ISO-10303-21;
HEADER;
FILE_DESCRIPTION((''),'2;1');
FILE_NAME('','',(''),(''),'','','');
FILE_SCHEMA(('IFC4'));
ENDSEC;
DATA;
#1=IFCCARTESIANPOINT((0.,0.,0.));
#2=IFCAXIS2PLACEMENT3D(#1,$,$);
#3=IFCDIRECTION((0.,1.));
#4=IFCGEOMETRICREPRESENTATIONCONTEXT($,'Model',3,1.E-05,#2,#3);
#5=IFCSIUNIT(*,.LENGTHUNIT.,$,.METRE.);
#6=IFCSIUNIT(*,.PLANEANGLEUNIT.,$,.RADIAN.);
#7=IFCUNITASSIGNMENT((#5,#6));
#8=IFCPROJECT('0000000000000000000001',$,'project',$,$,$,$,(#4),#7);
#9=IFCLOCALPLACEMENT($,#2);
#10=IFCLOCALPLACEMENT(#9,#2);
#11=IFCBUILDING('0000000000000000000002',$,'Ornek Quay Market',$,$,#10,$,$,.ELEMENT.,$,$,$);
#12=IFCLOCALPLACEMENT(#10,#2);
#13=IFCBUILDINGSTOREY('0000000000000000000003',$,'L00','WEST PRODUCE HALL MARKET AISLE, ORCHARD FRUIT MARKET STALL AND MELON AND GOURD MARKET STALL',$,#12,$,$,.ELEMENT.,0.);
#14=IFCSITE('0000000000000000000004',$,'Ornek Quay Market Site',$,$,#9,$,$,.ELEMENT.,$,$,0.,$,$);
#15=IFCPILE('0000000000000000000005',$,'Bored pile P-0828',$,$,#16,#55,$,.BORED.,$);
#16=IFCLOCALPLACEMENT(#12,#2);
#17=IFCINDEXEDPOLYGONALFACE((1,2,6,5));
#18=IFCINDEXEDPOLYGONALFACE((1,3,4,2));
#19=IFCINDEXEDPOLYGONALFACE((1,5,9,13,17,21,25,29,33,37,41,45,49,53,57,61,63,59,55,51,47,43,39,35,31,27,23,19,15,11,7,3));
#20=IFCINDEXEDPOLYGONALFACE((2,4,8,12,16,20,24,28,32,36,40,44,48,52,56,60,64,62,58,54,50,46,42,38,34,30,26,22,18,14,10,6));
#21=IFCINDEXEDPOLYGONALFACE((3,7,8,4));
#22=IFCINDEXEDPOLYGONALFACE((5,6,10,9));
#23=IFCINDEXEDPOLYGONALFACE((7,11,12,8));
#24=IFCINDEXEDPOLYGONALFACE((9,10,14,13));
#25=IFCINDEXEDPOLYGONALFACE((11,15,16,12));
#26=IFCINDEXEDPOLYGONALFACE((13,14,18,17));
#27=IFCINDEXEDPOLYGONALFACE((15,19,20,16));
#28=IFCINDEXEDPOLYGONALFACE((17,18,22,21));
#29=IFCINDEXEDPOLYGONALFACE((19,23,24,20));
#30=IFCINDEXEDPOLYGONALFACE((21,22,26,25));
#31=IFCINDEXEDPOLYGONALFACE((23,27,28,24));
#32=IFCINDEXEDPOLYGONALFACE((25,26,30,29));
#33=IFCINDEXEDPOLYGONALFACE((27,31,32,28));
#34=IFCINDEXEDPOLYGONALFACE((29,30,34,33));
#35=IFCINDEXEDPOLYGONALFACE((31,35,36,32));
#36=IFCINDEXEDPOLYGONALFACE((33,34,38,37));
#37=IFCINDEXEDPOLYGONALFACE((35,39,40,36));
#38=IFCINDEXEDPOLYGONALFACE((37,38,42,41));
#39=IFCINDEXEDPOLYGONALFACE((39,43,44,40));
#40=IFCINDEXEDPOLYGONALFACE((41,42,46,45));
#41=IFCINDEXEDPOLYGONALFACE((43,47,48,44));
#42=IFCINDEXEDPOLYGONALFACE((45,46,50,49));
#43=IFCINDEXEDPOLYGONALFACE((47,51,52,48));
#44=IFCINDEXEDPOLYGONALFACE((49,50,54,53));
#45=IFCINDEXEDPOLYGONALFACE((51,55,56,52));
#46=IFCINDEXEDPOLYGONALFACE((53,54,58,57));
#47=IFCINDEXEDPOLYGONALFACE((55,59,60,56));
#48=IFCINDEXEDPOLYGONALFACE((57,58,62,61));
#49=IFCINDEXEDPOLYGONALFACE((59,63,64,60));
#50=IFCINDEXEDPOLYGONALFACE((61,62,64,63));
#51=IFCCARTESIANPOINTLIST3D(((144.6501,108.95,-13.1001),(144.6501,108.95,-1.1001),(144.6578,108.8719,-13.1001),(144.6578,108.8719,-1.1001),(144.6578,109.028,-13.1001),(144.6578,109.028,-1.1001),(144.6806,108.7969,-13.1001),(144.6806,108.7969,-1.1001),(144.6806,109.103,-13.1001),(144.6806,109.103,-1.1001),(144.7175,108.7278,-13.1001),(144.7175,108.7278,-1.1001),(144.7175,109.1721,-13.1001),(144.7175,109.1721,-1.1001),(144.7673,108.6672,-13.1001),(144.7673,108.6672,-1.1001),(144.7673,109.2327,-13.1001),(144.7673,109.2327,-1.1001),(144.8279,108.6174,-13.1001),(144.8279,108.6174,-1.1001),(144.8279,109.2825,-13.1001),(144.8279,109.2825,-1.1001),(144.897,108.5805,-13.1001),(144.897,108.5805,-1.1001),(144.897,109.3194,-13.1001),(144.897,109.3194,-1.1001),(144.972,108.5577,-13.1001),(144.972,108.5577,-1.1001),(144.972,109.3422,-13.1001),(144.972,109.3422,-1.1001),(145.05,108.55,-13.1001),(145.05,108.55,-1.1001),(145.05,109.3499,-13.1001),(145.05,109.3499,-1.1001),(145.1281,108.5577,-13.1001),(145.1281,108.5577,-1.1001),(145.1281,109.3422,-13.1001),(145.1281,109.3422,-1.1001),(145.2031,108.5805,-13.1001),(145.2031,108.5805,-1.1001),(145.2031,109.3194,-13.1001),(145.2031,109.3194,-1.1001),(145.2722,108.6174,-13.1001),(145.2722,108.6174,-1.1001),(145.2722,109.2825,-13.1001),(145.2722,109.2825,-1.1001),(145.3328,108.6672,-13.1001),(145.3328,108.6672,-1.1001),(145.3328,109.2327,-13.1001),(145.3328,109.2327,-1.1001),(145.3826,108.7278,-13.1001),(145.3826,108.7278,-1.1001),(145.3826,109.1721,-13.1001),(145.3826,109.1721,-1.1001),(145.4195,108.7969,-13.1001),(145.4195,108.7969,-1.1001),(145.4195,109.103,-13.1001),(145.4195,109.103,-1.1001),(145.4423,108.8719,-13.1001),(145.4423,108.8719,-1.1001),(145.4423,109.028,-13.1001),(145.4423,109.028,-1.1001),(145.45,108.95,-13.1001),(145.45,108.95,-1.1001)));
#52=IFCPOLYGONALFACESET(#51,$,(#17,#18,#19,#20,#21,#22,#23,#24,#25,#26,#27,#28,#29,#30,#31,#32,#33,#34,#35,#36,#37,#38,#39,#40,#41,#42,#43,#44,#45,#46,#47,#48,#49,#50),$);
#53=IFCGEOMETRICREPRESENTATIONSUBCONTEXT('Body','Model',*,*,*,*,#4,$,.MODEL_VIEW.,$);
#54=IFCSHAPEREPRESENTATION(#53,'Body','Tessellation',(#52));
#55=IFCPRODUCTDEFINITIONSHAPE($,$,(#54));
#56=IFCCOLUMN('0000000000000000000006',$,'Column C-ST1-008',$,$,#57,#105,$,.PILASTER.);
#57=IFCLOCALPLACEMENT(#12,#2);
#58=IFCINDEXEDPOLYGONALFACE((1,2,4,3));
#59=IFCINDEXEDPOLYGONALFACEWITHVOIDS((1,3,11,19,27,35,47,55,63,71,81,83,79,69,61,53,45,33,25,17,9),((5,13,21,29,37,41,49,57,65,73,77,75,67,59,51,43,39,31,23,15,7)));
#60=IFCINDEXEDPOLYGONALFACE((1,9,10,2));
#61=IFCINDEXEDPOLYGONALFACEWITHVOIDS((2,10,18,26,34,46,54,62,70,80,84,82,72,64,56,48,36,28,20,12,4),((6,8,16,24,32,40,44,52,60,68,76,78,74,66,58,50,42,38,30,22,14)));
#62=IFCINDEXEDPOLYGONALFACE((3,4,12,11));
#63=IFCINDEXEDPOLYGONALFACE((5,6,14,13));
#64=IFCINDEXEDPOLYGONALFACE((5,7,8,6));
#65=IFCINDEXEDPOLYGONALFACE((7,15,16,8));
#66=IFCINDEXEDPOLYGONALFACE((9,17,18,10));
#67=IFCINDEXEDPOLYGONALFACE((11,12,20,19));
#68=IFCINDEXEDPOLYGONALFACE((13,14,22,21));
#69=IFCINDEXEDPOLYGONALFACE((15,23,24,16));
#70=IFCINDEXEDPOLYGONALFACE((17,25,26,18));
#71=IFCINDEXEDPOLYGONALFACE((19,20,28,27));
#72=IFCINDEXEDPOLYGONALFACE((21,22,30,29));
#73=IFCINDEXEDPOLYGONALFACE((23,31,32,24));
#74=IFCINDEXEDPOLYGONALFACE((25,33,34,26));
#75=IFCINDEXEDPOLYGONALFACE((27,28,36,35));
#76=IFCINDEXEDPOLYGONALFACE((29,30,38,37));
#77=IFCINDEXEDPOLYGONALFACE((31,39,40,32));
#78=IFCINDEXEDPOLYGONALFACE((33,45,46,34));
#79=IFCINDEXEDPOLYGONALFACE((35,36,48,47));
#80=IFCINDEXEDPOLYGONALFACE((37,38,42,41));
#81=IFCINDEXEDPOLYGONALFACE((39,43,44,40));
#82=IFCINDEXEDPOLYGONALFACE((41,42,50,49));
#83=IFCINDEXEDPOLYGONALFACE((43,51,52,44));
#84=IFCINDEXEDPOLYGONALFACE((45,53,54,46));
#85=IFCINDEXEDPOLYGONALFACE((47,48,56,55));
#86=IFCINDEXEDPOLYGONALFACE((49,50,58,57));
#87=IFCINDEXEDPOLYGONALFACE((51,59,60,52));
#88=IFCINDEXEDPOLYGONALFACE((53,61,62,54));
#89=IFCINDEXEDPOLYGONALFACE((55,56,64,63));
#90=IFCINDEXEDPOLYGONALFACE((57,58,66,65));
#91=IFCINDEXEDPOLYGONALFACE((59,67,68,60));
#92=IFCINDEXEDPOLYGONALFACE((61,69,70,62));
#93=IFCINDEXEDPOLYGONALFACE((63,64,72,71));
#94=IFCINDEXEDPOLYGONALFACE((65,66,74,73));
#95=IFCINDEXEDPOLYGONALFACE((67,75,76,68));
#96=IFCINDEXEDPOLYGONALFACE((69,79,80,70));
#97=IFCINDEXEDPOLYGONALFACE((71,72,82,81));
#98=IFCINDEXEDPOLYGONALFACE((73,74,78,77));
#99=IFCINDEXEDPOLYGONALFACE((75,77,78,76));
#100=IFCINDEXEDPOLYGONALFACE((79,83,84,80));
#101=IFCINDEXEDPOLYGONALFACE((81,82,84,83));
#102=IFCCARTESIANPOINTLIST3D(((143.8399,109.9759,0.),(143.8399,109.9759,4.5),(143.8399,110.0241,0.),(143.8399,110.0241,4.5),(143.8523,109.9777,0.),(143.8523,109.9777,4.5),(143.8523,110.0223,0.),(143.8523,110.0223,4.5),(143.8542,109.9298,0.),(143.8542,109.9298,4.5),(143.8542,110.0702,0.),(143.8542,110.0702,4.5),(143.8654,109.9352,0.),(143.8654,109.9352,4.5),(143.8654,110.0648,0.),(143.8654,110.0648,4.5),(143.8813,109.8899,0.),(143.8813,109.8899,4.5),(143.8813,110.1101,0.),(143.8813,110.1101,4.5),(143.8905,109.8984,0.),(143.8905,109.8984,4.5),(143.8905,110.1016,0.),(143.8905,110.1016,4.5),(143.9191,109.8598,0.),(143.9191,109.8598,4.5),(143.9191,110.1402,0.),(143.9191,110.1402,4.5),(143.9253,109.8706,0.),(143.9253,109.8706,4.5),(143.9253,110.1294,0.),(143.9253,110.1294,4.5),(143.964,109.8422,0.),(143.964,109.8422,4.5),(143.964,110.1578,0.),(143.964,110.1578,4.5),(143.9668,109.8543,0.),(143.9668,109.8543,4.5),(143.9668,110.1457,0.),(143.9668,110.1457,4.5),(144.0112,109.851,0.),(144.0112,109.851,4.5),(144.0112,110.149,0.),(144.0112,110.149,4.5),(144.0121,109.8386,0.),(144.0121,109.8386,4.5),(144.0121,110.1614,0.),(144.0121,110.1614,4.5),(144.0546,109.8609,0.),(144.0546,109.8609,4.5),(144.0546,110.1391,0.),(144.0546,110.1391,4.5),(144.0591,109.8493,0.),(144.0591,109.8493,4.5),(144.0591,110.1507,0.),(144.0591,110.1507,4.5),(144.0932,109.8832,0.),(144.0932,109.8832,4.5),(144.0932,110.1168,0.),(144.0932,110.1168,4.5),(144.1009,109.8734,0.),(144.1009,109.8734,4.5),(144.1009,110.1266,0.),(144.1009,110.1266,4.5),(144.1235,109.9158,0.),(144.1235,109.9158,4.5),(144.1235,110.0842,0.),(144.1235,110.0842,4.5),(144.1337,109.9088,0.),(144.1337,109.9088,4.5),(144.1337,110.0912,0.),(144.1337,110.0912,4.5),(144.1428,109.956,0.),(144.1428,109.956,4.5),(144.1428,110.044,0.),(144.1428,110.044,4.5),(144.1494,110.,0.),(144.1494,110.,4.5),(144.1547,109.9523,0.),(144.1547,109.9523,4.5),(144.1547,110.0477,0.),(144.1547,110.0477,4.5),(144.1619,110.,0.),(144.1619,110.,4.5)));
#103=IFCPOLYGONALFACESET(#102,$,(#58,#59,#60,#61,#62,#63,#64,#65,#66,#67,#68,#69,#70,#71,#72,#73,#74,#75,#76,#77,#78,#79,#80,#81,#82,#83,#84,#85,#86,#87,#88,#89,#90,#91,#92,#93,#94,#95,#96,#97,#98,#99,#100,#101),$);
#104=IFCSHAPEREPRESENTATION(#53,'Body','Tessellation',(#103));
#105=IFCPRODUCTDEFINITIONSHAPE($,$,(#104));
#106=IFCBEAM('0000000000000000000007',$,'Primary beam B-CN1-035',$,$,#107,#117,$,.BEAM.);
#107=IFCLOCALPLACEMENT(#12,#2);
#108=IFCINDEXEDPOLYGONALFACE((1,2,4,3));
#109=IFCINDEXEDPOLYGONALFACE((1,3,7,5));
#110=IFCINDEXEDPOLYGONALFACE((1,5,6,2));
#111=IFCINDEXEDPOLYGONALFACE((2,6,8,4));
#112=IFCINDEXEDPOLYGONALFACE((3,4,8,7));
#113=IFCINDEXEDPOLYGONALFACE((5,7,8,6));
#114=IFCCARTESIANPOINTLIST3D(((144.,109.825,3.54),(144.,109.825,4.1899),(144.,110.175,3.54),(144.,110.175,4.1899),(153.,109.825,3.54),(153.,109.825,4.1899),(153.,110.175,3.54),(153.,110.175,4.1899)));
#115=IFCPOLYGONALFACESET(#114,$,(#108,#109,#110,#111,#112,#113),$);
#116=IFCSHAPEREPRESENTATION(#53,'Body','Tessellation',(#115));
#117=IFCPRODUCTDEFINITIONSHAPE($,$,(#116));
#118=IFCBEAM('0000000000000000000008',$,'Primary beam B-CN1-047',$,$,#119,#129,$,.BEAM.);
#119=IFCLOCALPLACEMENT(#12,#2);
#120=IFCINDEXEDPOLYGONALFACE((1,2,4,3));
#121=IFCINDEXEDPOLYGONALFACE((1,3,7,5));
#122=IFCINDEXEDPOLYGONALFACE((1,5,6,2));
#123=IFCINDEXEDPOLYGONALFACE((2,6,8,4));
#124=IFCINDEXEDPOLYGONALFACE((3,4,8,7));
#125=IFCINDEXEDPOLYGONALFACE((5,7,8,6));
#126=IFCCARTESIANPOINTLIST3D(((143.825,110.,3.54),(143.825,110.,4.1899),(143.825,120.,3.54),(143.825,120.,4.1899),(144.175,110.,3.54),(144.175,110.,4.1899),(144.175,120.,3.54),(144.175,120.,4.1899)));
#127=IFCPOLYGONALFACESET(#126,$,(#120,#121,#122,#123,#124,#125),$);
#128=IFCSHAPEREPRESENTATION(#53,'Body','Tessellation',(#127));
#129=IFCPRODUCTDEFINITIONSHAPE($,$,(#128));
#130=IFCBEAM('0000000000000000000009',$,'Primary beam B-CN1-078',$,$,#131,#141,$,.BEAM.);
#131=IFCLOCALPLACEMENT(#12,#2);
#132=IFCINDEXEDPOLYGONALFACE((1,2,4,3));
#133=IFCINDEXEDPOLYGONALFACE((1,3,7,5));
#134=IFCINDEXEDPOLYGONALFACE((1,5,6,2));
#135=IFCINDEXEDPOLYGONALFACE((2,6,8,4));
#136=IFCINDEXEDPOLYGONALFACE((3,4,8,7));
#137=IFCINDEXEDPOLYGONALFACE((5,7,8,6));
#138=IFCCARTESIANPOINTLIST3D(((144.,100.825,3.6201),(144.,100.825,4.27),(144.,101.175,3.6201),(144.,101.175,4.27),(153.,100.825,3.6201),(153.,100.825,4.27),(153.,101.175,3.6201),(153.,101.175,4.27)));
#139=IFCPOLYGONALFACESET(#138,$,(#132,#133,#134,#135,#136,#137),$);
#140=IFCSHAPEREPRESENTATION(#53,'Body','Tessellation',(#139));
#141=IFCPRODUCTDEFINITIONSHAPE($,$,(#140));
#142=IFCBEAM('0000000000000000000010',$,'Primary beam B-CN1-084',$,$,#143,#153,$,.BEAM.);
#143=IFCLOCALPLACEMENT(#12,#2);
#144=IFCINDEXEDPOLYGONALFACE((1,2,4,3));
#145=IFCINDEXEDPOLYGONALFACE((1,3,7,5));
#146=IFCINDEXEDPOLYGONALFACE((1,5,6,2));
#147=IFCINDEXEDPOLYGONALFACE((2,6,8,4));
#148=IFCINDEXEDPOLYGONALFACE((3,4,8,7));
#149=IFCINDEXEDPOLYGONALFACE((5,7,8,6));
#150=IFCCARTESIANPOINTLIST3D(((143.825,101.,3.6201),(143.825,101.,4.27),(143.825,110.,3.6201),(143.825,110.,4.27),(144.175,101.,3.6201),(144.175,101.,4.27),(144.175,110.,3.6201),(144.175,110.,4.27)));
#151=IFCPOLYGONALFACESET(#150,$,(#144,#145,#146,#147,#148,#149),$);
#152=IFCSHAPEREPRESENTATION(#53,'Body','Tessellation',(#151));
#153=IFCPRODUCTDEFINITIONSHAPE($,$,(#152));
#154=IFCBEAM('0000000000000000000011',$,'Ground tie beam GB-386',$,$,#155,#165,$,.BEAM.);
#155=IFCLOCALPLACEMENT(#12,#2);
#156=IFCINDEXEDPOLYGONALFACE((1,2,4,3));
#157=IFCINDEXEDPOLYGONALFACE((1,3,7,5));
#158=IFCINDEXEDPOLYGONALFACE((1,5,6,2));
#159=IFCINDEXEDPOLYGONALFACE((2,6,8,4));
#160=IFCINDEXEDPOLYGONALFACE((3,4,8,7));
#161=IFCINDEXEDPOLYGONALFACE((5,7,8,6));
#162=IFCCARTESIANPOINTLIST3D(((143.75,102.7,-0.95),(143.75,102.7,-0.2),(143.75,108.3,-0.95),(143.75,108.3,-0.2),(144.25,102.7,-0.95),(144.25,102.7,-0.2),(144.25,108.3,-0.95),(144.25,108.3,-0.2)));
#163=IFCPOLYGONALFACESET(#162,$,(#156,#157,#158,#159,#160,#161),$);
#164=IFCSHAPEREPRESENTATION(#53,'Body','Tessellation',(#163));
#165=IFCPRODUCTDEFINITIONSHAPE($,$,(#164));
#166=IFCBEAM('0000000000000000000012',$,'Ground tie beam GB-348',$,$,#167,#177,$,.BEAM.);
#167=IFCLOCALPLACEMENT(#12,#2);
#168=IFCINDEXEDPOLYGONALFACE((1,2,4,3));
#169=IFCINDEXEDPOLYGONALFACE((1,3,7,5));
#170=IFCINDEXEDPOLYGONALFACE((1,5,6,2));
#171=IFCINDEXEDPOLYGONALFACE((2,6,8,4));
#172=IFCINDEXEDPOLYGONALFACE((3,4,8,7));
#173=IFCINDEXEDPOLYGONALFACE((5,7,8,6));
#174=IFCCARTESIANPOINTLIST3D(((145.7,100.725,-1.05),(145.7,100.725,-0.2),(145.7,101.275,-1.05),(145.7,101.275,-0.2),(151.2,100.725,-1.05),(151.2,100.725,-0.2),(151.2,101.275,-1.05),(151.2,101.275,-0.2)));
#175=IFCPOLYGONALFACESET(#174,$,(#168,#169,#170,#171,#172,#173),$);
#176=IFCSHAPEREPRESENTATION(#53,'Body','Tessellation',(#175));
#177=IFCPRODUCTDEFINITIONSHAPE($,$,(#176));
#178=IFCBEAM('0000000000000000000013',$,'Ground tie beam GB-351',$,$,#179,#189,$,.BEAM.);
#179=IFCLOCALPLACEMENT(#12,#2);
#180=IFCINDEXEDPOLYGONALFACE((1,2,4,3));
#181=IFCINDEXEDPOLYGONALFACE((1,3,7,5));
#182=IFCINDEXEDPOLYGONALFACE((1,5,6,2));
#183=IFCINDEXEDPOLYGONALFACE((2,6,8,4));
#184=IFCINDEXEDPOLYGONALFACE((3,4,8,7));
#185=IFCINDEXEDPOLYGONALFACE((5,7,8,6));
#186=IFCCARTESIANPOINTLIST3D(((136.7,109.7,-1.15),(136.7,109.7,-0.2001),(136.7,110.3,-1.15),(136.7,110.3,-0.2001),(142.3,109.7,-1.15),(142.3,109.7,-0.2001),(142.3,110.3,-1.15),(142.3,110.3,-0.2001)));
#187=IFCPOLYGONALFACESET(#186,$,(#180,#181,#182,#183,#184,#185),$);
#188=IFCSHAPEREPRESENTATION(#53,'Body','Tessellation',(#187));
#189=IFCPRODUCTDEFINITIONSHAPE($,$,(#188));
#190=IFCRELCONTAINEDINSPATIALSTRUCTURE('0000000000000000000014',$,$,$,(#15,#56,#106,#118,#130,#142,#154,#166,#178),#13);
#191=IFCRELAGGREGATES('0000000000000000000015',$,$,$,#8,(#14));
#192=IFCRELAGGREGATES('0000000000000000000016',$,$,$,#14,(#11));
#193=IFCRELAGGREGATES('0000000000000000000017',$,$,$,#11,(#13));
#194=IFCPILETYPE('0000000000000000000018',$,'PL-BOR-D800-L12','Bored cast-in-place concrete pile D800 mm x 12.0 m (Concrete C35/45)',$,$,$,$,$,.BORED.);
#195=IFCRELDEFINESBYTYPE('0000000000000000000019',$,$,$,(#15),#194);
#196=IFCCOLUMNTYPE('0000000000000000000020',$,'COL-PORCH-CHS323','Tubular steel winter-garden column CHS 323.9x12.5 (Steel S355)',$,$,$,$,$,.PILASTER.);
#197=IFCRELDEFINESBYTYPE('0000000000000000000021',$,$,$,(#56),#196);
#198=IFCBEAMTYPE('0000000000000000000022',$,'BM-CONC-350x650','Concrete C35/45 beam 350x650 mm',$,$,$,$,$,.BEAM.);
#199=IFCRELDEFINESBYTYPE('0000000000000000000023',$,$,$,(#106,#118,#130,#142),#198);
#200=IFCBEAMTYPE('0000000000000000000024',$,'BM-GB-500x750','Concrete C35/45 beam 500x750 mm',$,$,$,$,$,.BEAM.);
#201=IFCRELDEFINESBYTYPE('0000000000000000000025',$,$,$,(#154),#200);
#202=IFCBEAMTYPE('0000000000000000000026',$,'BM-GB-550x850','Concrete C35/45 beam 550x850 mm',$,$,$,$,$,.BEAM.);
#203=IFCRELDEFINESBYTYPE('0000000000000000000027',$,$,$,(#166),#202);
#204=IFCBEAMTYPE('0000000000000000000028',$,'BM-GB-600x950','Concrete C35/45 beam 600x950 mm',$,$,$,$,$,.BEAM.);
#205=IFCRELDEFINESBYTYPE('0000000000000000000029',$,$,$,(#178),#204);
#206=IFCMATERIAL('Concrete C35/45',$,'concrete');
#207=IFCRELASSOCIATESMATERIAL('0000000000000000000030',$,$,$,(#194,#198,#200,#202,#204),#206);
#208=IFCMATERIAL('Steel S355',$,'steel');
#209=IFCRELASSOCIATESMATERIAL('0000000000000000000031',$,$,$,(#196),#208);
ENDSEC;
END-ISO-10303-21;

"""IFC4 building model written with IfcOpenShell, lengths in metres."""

from ifc_helpers import new_model, si_unit, direction, frame, origin, origin_2d, place, context, subcontext, project, spatial, rectangle, circle, hollow_circle, extrude, material, material_profile, profile_set, type_object, element, save


model = new_model("IFC4")

# Units and contexts
model_context = context("Model", 3, precision=1e-05, world=origin(), true_north=direction((0.0, 1.0)))
body_context = subcontext(model_context, "Body", "Model", "MODEL_VIEW")
ifc_project = project(units=[si_unit("LENGTHUNIT", "METRE"), si_unit("PLANEANGLEUNIT", "RADIAN")], contexts=[model_context])

# Site, building, storey
site_placement = place(None, origin())
site = spatial("IfcSite", under=ifc_project, at=site_placement, Name="Ornek Quay Market Site", CompositionType="ELEMENT", RefElevation=0.0)
building_placement = place(site_placement, origin())
building = spatial("IfcBuilding", under=site, at=building_placement, Name="Ornek Quay Market", CompositionType="ELEMENT")
storey_placement = place(building_placement, origin())
storey = spatial("IfcBuildingStorey", under=building, at=storey_placement, Name="L00", Description="WEST PRODUCE HALL MARKET AISLE, ORCHARD FRUIT MARKET STALL AND MELON AND GOURD MARKET STALL", CompositionType="ELEMENT", Elevation=0.0)

# Pile
ifc_material_1 = material(Name="Concrete C35/45", Category="concrete")
ifc_material_profile_1 = material_profile(ifc_material_1, circle(Radius=0.3999, at=origin_2d()), Name="PILE D800", Category="concrete")
ifc_profile_set_1 = profile_set([ifc_material_profile_1], Name="Concrete C35/45")
pile_type = type_object("IfcPileType", Name="PL-BOR-D800-L12", Description="Bored cast-in-place concrete pile D800 mm x 12.0 m (Concrete C35/45)", PredefinedType="BORED", material=ifc_profile_set_1)
for number, where, z_axis, x_axis, name in (
    (1, (145.05, 108.95, -1.1001), (0.0, 0.0, -1.0), (1.0, 0.0, 0.0), "Bored pile P-0828"),
):
    element("IfcPile", number, at=place(storey_placement, frame(where, z_axis=z_axis, x_axis=x_axis)), inside=storey, type_object=pile_type, Name=name, PredefinedType="BORED", context=body_context, shape_type="SweptSolid", body=[
        extrude(circle(Radius=0.3999, at=origin_2d()), origin(), (0.0, 0.0, 1.0), 12.0),
    ])

# Column
ifc_material_2 = material(Name="Steel S355", Category="steel")
ifc_material_profile_2 = material_profile(ifc_material_2, hollow_circle(Radius=0.1619, WallThickness=0.0125, at=origin_2d()), Name="CHS 323.9x12.5", Category="steel")
ifc_profile_set_2 = profile_set([ifc_material_profile_2], Name="Steel S355")
column_type = type_object("IfcColumnType", Name="COL-PORCH-CHS323", Description="Tubular steel winter-garden column CHS 323.9x12.5 (Steel S355)", PredefinedType="PILASTER", material=ifc_profile_set_2)
column_placement = place(storey_placement, frame((144.0, 110.0, 0.0), z_axis=(0.0, 0.0, 1.0), x_axis=(1.0, 0.0, 0.0)))
element("IfcColumn", 2, at=column_placement, inside=storey, type_object=column_type, Name="Column C-ST1-008", PredefinedType="PILASTER", context=body_context, shape_type="SweptSolid", body=[
    extrude(hollow_circle(Radius=0.1619, WallThickness=0.0125, at=origin_2d()), origin(), (0.0, 0.0, 1.0), 4.5),
])

# Beams
ifc_material_profile_3 = material_profile(ifc_material_1, rectangle(XDim=0.3501, YDim=0.6499, at=origin_2d()), Name="RC 350x650", Category="concrete")
ifc_profile_set_3 = profile_set([ifc_material_profile_3], Name="Concrete C35/45")
beam_type_1 = type_object("IfcBeamType", Name="BM-CONC-350x650", Description="Concrete C35/45 beam 350x650 mm", PredefinedType="BEAM", material=ifc_profile_set_3)
beam_1_placement = place(storey_placement, frame((144.0, 110.0, 3.865), z_axis=(1.0, 0.0, 0.0), x_axis=(0.0, 1.0, 0.0)))
element("IfcBeam", 3, at=beam_1_placement, inside=storey, type_object=beam_type_1, Name="Primary beam B-CN1-035", PredefinedType="BEAM", context=body_context, shape_type="SweptSolid", body=[
    extrude(rectangle(XDim=0.3501, YDim=0.6499, at=origin_2d()), origin(), (0.0, 0.0, 1.0), 9.0),
])
beam_2_placement = place(storey_placement, frame((144.0, 110.0, 3.865), z_axis=(0.0, 1.0, 0.0), x_axis=(-1.0, 0.0, 0.0)))
element("IfcBeam", 4, at=beam_2_placement, inside=storey, type_object=beam_type_1, Name="Primary beam B-CN1-047", PredefinedType="BEAM", context=body_context, shape_type="SweptSolid", body=[
    extrude(rectangle(XDim=0.3501, YDim=0.6499, at=origin_2d()), origin(), (0.0, 0.0, 1.0), 10.0),
])
for number, where, z_axis, x_axis, name in (
    (5, (144.0, 101.0, 3.9451), (1.0, 0.0, 0.0), (0.0, 1.0, 0.0), "Primary beam B-CN1-078"),
    (6, (144.0, 101.0, 3.9451), (0.0, 1.0, 0.0), (-1.0, 0.0, 0.0), "Primary beam B-CN1-084"),
):
    element("IfcBeam", number, at=place(storey_placement, frame(where, z_axis=z_axis, x_axis=x_axis)), inside=storey, type_object=beam_type_1, Name=name, PredefinedType="BEAM", context=body_context, shape_type="SweptSolid", body=[
        extrude(rectangle(XDim=0.3501, YDim=0.6499, at=origin_2d()), origin(), (0.0, 0.0, 1.0), 9.0),
    ])
ifc_material_profile_4 = material_profile(ifc_material_1, rectangle(XDim=0.5, YDim=0.75, at=origin_2d()), Name="RC 500x750", Category="concrete")
ifc_profile_set_4 = profile_set([ifc_material_profile_4], Name="Concrete C35/45")
beam_type_2 = type_object("IfcBeamType", Name="BM-GB-500x750", Description="Concrete C35/45 beam 500x750 mm", PredefinedType="BEAM", material=ifc_profile_set_4)
beam_3_placement = place(storey_placement, frame((144.0, 102.7, -0.575), z_axis=(0.0, 1.0, 0.0), x_axis=(-1.0, 0.0, 0.0)))
element("IfcBeam", 7, at=beam_3_placement, inside=storey, type_object=beam_type_2, Name="Ground tie beam GB-386", PredefinedType="BEAM", context=body_context, shape_type="SweptSolid", body=[
    extrude(rectangle(XDim=0.5, YDim=0.75, at=origin_2d()), origin(), (0.0, 0.0, 1.0), 5.6001),
])
ifc_material_profile_5 = material_profile(ifc_material_1, rectangle(XDim=0.55, YDim=0.8501, at=origin_2d()), Name="RC 550x850", Category="concrete")
ifc_profile_set_5 = profile_set([ifc_material_profile_5], Name="Concrete C35/45")
beam_type_3 = type_object("IfcBeamType", Name="BM-GB-550x850", Description="Concrete C35/45 beam 550x850 mm", PredefinedType="BEAM", material=ifc_profile_set_5)
beam_4_placement = place(storey_placement, frame((145.7, 101.0, -0.625), z_axis=(1.0, 0.0, 0.0), x_axis=(0.0, 1.0, 0.0)))
element("IfcBeam", 8, at=beam_4_placement, inside=storey, type_object=beam_type_3, Name="Ground tie beam GB-348", PredefinedType="BEAM", context=body_context, shape_type="SweptSolid", body=[
    extrude(rectangle(XDim=0.55, YDim=0.8501, at=origin_2d()), origin(), (0.0, 0.0, 1.0), 5.5),
])
ifc_material_profile_6 = material_profile(ifc_material_1, rectangle(XDim=0.6001, YDim=0.95, at=origin_2d()), Name="RC 600x950", Category="concrete")
ifc_profile_set_6 = profile_set([ifc_material_profile_6], Name="Concrete C35/45")
beam_type_4 = type_object("IfcBeamType", Name="BM-GB-600x950", Description="Concrete C35/45 beam 600x950 mm", PredefinedType="BEAM", material=ifc_profile_set_6)
beam_5_placement = place(storey_placement, frame((136.7, 110.0, -0.675), z_axis=(1.0, 0.0, 0.0), x_axis=(0.0, 1.0, 0.0)))
element("IfcBeam", 9, at=beam_5_placement, inside=storey, type_object=beam_type_4, Name="Ground tie beam GB-351", PredefinedType="BEAM", context=body_context, shape_type="SweptSolid", body=[
    extrude(rectangle(XDim=0.6001, YDim=0.95, at=origin_2d()), origin(), (0.0, 0.0, 1.0), 5.6001),
])

save(model, "model.ifc")
